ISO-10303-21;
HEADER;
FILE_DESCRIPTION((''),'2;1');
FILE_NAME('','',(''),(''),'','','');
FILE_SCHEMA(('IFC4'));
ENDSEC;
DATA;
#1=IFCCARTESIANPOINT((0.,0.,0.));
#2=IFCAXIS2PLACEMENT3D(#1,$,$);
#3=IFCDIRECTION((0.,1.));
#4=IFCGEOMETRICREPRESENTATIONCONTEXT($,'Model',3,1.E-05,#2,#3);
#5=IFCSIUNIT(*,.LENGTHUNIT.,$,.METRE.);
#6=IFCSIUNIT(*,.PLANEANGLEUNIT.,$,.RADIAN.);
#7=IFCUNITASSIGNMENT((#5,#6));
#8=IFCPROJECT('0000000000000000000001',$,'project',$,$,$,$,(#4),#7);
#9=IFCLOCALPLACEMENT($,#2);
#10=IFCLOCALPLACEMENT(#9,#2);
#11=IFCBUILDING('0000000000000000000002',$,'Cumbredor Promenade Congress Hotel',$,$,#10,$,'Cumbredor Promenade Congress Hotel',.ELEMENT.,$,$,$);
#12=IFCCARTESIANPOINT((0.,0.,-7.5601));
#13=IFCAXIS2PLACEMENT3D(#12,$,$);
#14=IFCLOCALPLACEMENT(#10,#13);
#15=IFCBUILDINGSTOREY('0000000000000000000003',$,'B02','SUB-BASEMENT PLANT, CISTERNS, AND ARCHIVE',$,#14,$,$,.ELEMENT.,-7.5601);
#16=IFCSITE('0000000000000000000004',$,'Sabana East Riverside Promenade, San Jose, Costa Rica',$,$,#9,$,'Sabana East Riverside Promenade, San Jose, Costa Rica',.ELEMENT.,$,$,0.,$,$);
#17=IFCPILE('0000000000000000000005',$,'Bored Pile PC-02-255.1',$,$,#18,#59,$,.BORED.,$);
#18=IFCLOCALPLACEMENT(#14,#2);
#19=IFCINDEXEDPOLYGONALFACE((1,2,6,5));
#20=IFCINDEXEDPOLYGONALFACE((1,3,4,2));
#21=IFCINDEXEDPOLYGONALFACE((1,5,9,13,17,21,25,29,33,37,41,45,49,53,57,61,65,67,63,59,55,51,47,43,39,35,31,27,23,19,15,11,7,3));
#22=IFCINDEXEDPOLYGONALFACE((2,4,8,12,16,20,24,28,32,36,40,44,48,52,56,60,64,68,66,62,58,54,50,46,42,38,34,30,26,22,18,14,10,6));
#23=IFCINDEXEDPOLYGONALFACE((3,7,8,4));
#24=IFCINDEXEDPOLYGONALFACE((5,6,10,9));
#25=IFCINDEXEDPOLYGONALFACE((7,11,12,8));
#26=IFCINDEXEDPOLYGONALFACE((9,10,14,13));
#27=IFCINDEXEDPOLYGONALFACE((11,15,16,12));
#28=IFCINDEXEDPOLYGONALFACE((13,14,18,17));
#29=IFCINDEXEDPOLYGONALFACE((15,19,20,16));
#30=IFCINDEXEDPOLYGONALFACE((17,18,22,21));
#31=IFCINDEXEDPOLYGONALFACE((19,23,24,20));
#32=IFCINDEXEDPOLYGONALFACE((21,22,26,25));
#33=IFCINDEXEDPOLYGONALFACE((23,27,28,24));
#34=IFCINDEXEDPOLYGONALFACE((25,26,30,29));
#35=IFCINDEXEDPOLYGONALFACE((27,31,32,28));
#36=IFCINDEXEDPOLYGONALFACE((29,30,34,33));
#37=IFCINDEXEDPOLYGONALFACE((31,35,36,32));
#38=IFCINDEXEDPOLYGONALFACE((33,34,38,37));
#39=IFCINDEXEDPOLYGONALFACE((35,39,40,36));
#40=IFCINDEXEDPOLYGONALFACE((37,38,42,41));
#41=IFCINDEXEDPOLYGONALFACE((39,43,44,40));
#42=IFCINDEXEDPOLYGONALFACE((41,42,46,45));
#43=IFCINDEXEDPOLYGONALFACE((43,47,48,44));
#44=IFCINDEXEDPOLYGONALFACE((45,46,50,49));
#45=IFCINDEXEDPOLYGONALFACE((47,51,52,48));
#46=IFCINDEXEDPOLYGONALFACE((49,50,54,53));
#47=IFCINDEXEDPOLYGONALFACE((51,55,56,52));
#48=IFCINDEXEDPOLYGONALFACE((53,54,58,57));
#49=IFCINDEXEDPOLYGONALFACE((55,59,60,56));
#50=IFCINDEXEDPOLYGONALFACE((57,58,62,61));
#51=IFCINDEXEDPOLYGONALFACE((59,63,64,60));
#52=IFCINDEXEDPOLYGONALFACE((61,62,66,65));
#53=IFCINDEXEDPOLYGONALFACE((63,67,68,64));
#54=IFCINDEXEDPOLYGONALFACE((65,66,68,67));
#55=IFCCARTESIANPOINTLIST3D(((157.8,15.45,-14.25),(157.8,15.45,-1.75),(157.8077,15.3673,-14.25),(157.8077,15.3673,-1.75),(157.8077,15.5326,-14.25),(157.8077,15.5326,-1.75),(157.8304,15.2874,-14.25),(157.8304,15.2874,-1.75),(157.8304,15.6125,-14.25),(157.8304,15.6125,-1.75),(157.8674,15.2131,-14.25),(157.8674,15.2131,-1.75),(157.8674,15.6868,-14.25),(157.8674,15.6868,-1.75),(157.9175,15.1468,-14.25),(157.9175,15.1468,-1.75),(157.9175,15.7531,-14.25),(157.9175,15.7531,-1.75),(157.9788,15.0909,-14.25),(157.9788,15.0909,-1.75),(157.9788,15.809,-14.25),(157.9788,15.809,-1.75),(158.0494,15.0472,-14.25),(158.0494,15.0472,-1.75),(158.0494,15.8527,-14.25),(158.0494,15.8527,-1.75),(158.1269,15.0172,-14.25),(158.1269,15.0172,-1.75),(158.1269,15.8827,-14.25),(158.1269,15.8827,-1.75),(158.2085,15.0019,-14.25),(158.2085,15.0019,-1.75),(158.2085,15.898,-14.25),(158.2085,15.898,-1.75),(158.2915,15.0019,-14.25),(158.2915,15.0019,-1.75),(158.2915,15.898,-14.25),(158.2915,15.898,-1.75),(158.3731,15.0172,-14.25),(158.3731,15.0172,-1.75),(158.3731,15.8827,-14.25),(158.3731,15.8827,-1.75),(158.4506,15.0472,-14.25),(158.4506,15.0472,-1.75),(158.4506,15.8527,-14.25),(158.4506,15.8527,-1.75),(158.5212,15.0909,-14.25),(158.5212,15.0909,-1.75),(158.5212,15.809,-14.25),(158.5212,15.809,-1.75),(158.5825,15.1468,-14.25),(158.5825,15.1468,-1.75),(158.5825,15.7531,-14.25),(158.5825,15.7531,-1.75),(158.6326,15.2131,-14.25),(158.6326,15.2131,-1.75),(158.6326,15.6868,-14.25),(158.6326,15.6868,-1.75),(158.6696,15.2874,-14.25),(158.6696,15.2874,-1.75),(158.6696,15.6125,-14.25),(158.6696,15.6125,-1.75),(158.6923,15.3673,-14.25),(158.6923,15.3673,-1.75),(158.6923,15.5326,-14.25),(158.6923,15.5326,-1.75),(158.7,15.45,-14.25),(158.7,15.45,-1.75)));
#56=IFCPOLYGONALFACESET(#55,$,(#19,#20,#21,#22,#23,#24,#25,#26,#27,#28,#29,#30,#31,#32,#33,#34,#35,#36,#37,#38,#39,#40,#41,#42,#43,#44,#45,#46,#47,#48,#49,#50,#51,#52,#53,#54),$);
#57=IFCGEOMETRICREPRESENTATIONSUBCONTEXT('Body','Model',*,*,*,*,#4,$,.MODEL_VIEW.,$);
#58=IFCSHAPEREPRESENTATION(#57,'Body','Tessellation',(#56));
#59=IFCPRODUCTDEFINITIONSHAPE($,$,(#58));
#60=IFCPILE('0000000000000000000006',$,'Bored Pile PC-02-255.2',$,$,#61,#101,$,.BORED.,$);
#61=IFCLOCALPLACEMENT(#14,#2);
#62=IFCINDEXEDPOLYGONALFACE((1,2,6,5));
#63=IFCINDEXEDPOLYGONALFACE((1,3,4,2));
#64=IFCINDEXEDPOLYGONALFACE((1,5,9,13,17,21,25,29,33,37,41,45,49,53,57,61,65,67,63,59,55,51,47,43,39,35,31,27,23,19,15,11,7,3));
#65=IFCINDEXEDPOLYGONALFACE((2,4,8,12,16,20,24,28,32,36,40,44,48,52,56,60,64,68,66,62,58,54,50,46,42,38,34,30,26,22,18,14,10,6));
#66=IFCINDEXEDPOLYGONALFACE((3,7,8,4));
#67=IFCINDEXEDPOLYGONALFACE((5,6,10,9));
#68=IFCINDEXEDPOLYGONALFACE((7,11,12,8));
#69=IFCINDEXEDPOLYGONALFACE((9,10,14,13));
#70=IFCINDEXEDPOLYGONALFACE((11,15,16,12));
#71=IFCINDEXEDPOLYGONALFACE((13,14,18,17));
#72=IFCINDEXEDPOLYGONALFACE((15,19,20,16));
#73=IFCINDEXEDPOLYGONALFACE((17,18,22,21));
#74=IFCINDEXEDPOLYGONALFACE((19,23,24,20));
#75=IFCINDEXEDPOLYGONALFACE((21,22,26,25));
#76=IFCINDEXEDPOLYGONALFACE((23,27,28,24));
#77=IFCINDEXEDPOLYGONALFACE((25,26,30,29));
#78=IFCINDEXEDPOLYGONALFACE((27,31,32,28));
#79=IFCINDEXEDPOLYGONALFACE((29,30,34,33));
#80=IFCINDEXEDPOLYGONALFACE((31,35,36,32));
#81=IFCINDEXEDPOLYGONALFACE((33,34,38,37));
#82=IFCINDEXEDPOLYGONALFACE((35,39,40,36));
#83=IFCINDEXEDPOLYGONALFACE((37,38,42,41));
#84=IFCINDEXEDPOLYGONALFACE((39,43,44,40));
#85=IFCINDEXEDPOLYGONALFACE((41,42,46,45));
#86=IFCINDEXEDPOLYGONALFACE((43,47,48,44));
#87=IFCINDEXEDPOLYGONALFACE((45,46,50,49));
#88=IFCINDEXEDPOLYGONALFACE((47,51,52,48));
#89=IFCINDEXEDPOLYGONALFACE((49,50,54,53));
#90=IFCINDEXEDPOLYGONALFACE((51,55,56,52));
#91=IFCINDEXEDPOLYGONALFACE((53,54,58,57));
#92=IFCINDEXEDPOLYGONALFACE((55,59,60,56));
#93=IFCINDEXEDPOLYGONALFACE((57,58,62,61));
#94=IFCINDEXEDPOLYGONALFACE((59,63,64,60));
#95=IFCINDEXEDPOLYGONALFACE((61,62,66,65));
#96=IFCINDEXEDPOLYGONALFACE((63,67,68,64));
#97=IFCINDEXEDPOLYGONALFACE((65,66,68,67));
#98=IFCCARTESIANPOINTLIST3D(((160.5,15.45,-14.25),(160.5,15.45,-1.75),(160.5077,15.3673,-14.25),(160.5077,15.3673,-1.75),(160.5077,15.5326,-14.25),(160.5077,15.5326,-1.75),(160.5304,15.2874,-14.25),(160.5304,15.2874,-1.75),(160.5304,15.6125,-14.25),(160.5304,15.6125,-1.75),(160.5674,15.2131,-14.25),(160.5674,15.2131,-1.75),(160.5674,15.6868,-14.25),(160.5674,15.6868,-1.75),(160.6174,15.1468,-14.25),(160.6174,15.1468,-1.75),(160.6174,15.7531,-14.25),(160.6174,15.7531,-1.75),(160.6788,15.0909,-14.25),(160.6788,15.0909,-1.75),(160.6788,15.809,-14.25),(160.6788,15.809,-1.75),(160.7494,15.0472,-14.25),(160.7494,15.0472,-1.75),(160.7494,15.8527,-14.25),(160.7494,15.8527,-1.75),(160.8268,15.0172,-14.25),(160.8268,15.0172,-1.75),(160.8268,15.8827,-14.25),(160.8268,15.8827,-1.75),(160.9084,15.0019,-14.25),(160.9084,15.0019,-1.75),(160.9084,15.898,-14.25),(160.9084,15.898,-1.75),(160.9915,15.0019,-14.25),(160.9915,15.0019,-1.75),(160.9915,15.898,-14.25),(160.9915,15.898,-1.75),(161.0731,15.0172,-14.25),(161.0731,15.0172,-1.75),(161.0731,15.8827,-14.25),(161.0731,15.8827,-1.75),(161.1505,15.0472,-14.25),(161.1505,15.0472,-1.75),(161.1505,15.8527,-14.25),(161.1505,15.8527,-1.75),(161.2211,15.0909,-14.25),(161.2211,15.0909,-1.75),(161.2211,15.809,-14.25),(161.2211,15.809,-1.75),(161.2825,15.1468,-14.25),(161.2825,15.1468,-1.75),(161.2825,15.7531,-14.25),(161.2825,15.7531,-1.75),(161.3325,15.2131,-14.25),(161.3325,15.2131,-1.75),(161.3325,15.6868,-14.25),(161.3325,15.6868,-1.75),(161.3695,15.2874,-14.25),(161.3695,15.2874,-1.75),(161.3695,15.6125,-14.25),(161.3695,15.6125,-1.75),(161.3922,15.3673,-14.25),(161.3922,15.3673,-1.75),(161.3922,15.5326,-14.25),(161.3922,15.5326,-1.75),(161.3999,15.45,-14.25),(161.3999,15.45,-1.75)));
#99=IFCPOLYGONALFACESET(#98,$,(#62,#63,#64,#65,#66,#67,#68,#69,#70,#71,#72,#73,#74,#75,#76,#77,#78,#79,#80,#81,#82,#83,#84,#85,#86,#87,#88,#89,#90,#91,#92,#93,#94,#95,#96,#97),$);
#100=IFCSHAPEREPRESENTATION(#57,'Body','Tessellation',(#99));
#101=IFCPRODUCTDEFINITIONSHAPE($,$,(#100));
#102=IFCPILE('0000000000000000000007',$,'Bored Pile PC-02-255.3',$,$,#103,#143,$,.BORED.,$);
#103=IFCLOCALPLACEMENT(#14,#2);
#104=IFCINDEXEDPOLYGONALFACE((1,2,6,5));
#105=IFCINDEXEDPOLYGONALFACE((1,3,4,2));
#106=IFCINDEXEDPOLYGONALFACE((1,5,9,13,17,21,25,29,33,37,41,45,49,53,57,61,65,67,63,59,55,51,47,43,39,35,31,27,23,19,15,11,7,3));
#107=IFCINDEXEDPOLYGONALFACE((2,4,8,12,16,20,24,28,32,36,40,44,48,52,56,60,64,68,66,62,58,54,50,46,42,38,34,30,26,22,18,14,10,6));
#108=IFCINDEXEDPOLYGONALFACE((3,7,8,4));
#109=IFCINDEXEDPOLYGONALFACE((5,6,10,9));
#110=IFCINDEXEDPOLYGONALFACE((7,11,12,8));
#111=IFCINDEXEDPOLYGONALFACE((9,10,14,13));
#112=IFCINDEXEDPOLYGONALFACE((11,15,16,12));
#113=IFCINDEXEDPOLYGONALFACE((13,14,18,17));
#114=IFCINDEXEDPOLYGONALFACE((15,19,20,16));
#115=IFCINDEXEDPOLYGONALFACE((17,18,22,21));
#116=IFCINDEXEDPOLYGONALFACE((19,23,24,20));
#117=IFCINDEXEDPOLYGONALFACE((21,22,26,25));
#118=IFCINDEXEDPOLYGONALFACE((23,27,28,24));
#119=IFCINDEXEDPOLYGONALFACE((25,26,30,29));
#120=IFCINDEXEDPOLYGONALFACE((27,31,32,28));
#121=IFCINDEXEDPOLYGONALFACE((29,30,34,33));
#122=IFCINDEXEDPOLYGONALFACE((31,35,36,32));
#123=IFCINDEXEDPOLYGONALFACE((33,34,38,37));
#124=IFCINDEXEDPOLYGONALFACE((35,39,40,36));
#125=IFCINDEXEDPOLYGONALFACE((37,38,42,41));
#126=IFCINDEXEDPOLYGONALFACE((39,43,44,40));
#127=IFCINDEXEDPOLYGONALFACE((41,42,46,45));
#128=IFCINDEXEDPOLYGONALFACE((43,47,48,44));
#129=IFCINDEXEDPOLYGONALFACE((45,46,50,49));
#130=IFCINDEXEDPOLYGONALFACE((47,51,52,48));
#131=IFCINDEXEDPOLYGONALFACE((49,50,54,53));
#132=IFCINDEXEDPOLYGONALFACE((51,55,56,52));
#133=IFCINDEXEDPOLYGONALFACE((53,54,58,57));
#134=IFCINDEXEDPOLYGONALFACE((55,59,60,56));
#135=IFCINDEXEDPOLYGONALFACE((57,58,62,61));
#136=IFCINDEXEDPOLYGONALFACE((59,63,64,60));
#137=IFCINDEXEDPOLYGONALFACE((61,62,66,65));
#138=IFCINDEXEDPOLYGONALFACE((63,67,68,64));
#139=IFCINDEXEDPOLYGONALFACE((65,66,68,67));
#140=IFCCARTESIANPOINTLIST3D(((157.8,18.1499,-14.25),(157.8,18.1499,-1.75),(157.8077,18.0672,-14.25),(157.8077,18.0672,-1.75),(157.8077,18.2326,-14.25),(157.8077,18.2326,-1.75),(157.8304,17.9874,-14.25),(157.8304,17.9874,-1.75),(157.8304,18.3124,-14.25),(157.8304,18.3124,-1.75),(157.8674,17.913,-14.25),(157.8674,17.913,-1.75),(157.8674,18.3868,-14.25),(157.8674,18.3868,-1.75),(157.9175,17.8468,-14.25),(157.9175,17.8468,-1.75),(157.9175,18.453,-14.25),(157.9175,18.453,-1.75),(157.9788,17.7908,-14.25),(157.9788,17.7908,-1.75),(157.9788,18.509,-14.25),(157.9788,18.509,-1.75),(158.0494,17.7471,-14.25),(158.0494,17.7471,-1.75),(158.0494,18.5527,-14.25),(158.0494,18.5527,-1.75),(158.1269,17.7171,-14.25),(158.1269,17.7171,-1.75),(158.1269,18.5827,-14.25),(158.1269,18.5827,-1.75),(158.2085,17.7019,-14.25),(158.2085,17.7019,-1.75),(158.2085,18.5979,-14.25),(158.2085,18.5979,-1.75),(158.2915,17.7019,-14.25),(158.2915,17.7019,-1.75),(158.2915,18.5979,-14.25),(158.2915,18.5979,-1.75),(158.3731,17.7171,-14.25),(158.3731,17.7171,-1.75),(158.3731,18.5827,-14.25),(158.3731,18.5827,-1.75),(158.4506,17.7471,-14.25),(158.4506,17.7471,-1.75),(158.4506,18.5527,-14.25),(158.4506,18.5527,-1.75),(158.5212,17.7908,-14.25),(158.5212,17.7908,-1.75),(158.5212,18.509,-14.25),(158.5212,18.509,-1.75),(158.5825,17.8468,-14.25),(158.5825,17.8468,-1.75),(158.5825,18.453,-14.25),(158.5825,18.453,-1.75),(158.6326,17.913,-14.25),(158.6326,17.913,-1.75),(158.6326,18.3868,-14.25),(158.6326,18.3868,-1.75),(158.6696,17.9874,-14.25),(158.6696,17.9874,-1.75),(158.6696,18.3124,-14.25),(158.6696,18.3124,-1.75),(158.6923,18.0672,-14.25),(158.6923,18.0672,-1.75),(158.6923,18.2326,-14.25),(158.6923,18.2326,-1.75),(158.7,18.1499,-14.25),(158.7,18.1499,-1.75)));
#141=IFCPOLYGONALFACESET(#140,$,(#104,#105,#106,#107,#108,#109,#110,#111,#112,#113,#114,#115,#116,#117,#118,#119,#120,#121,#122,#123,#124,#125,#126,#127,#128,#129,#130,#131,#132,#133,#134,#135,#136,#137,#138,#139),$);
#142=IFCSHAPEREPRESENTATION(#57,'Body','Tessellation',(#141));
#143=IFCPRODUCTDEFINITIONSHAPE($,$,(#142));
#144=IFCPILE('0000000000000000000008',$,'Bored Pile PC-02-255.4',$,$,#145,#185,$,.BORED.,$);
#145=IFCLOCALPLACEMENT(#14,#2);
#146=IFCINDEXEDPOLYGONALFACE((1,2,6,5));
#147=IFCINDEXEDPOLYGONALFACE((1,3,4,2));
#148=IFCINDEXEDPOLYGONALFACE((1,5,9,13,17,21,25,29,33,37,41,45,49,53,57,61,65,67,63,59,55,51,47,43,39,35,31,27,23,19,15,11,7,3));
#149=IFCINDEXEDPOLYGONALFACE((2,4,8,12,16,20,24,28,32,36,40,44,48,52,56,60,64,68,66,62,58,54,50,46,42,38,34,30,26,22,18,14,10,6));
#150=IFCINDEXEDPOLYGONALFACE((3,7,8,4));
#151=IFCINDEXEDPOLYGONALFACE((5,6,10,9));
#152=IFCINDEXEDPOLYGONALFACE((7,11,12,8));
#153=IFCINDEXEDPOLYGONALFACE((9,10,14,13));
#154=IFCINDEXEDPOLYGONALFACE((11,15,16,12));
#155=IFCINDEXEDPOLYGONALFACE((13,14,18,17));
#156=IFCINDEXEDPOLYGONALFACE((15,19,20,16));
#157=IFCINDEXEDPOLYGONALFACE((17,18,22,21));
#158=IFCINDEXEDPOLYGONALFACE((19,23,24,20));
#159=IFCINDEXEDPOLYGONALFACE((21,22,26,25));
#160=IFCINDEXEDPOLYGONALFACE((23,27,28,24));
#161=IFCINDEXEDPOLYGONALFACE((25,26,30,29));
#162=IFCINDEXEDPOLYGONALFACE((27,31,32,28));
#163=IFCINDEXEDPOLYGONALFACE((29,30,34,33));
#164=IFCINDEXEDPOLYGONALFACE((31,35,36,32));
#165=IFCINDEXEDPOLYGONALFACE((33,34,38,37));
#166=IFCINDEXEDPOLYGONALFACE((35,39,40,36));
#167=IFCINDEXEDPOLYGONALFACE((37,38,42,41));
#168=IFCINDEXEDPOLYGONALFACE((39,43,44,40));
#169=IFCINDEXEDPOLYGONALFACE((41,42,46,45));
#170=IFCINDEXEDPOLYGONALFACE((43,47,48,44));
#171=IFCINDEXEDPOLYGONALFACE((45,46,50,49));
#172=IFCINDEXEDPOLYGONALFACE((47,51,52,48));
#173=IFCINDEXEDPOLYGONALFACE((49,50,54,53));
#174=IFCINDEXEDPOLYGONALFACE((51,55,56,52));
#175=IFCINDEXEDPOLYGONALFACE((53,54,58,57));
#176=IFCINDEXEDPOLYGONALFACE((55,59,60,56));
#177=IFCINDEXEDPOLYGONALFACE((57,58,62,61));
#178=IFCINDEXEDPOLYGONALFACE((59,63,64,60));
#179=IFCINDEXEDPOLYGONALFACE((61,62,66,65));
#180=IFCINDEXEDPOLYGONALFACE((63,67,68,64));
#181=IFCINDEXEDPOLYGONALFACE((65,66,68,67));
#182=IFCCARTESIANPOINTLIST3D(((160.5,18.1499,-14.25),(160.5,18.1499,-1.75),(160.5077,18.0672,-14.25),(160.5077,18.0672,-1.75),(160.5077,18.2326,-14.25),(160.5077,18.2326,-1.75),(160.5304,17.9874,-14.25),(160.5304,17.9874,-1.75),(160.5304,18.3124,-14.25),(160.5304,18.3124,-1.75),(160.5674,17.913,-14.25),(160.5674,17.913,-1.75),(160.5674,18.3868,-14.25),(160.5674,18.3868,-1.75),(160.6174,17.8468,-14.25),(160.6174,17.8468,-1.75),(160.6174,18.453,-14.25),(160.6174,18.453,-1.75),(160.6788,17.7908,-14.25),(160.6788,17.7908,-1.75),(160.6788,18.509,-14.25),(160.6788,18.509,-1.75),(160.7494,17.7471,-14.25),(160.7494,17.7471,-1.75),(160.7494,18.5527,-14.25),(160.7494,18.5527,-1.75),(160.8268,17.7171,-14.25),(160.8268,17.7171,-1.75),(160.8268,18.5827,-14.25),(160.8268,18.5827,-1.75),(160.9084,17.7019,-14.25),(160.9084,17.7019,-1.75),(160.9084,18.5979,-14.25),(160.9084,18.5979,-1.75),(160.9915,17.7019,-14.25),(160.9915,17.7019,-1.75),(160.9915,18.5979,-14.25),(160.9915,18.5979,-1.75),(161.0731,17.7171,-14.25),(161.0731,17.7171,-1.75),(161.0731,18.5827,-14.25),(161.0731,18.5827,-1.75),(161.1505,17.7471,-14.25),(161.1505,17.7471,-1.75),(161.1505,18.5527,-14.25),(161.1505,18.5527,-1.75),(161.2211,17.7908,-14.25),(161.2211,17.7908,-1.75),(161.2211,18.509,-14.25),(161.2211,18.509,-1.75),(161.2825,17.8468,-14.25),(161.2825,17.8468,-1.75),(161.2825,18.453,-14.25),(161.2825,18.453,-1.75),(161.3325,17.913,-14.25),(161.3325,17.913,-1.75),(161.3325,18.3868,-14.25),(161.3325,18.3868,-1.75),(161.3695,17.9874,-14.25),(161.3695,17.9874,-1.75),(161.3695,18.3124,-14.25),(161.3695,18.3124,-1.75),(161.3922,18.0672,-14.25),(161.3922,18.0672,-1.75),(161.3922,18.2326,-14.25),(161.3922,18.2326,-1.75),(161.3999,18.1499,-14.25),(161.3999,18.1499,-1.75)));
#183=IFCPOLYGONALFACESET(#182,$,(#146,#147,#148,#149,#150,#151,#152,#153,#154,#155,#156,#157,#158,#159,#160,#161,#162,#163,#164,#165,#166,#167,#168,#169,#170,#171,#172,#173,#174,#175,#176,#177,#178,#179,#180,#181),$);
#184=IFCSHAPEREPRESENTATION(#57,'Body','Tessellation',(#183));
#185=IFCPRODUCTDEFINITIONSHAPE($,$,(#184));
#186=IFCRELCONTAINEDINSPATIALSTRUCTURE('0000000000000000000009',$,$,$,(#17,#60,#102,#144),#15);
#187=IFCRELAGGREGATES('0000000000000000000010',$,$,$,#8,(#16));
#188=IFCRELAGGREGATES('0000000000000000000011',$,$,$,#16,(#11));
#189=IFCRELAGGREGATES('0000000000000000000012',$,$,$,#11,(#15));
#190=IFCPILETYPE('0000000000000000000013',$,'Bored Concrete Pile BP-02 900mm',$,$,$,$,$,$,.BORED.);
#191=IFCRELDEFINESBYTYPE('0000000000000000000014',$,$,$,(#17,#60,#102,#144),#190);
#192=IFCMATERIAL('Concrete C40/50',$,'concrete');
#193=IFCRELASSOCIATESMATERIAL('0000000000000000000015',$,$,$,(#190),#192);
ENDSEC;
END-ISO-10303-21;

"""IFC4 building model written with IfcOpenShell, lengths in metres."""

from ifc_helpers import new_model, si_unit, direction, frame, origin, origin_2d, place, context, subcontext, project, spatial, circle, extrude, material, material_profile, profile_set, type_object, element, save


model = new_model("IFC4")

# Units and contexts
model_context = context("Model", 3, precision=1e-05, world=origin(), true_north=direction((0.0, 1.0)))
body_context = subcontext(model_context, "Body", "Model", "MODEL_VIEW")
ifc_project = project(units=[si_unit("LENGTHUNIT", "METRE"), si_unit("PLANEANGLEUNIT", "RADIAN")], contexts=[model_context])

# Site, building, storey
site_placement = place(None, origin())
site = spatial("IfcSite", under=ifc_project, at=site_placement, Name="Sabana East Riverside Promenade, San Jose, Costa Rica", LongName="Sabana East Riverside Promenade, San Jose, Costa Rica", CompositionType="ELEMENT", RefElevation=0.0)
building_placement = place(site_placement, origin())
building = spatial("IfcBuilding", under=site, at=building_placement, Name="Cumbredor Promenade Congress Hotel", LongName="Cumbredor Promenade Congress Hotel", CompositionType="ELEMENT")
storey_placement = place(building_placement, frame((0.0, 0.0, -7.5601)))
storey = spatial("IfcBuildingStorey", under=building, at=storey_placement, Name="B02", Description="SUB-BASEMENT PLANT, CISTERNS, AND ARCHIVE", CompositionType="ELEMENT", Elevation=-7.5601)

# Piles
ifc_material_1 = material(Name="Concrete C40/50", Category="concrete")
ifc_material_profile_1 = material_profile(ifc_material_1, circle(Radius=0.45, at=origin_2d()), Name="PILE D900")
ifc_profile_set_1 = profile_set([ifc_material_profile_1], Name="Concrete C40/50")
pile_type = type_object("IfcPileType", Name="Bored Concrete Pile BP-02 900mm", PredefinedType="BORED", material=ifc_profile_set_1)
for number, where, z_axis, x_axis, name in (
    (1, (158.25, 15.45, -1.75), (0.0, 0.0, -1.0), (1.0, 0.0, 0.0), "Bored Pile PC-02-255.1"),
    (2, (160.95, 15.45, -1.75), (0.0, 0.0, -1.0), (1.0, 0.0, 0.0), "Bored Pile PC-02-255.2"),
    (3, (158.25, 18.1499, -1.75), (0.0, 0.0, -1.0), (1.0, 0.0, 0.0), "Bored Pile PC-02-255.3"),
    (4, (160.95, 18.1499, -1.75), (0.0, 0.0, -1.0), (1.0, 0.0, 0.0), "Bored Pile PC-02-255.4"),
):
    element("IfcPile", number, at=place(storey_placement, frame(where, z_axis=z_axis, x_axis=x_axis)), inside=storey, type_object=pile_type, Name=name, PredefinedType="BORED", context=body_context, shape_type="SweptSolid", body=[
        extrude(circle(Radius=0.45, at=origin_2d()), origin(), (0.0, 0.0, 1.0), 12.5),
    ])

save(model, "model.ifc")
